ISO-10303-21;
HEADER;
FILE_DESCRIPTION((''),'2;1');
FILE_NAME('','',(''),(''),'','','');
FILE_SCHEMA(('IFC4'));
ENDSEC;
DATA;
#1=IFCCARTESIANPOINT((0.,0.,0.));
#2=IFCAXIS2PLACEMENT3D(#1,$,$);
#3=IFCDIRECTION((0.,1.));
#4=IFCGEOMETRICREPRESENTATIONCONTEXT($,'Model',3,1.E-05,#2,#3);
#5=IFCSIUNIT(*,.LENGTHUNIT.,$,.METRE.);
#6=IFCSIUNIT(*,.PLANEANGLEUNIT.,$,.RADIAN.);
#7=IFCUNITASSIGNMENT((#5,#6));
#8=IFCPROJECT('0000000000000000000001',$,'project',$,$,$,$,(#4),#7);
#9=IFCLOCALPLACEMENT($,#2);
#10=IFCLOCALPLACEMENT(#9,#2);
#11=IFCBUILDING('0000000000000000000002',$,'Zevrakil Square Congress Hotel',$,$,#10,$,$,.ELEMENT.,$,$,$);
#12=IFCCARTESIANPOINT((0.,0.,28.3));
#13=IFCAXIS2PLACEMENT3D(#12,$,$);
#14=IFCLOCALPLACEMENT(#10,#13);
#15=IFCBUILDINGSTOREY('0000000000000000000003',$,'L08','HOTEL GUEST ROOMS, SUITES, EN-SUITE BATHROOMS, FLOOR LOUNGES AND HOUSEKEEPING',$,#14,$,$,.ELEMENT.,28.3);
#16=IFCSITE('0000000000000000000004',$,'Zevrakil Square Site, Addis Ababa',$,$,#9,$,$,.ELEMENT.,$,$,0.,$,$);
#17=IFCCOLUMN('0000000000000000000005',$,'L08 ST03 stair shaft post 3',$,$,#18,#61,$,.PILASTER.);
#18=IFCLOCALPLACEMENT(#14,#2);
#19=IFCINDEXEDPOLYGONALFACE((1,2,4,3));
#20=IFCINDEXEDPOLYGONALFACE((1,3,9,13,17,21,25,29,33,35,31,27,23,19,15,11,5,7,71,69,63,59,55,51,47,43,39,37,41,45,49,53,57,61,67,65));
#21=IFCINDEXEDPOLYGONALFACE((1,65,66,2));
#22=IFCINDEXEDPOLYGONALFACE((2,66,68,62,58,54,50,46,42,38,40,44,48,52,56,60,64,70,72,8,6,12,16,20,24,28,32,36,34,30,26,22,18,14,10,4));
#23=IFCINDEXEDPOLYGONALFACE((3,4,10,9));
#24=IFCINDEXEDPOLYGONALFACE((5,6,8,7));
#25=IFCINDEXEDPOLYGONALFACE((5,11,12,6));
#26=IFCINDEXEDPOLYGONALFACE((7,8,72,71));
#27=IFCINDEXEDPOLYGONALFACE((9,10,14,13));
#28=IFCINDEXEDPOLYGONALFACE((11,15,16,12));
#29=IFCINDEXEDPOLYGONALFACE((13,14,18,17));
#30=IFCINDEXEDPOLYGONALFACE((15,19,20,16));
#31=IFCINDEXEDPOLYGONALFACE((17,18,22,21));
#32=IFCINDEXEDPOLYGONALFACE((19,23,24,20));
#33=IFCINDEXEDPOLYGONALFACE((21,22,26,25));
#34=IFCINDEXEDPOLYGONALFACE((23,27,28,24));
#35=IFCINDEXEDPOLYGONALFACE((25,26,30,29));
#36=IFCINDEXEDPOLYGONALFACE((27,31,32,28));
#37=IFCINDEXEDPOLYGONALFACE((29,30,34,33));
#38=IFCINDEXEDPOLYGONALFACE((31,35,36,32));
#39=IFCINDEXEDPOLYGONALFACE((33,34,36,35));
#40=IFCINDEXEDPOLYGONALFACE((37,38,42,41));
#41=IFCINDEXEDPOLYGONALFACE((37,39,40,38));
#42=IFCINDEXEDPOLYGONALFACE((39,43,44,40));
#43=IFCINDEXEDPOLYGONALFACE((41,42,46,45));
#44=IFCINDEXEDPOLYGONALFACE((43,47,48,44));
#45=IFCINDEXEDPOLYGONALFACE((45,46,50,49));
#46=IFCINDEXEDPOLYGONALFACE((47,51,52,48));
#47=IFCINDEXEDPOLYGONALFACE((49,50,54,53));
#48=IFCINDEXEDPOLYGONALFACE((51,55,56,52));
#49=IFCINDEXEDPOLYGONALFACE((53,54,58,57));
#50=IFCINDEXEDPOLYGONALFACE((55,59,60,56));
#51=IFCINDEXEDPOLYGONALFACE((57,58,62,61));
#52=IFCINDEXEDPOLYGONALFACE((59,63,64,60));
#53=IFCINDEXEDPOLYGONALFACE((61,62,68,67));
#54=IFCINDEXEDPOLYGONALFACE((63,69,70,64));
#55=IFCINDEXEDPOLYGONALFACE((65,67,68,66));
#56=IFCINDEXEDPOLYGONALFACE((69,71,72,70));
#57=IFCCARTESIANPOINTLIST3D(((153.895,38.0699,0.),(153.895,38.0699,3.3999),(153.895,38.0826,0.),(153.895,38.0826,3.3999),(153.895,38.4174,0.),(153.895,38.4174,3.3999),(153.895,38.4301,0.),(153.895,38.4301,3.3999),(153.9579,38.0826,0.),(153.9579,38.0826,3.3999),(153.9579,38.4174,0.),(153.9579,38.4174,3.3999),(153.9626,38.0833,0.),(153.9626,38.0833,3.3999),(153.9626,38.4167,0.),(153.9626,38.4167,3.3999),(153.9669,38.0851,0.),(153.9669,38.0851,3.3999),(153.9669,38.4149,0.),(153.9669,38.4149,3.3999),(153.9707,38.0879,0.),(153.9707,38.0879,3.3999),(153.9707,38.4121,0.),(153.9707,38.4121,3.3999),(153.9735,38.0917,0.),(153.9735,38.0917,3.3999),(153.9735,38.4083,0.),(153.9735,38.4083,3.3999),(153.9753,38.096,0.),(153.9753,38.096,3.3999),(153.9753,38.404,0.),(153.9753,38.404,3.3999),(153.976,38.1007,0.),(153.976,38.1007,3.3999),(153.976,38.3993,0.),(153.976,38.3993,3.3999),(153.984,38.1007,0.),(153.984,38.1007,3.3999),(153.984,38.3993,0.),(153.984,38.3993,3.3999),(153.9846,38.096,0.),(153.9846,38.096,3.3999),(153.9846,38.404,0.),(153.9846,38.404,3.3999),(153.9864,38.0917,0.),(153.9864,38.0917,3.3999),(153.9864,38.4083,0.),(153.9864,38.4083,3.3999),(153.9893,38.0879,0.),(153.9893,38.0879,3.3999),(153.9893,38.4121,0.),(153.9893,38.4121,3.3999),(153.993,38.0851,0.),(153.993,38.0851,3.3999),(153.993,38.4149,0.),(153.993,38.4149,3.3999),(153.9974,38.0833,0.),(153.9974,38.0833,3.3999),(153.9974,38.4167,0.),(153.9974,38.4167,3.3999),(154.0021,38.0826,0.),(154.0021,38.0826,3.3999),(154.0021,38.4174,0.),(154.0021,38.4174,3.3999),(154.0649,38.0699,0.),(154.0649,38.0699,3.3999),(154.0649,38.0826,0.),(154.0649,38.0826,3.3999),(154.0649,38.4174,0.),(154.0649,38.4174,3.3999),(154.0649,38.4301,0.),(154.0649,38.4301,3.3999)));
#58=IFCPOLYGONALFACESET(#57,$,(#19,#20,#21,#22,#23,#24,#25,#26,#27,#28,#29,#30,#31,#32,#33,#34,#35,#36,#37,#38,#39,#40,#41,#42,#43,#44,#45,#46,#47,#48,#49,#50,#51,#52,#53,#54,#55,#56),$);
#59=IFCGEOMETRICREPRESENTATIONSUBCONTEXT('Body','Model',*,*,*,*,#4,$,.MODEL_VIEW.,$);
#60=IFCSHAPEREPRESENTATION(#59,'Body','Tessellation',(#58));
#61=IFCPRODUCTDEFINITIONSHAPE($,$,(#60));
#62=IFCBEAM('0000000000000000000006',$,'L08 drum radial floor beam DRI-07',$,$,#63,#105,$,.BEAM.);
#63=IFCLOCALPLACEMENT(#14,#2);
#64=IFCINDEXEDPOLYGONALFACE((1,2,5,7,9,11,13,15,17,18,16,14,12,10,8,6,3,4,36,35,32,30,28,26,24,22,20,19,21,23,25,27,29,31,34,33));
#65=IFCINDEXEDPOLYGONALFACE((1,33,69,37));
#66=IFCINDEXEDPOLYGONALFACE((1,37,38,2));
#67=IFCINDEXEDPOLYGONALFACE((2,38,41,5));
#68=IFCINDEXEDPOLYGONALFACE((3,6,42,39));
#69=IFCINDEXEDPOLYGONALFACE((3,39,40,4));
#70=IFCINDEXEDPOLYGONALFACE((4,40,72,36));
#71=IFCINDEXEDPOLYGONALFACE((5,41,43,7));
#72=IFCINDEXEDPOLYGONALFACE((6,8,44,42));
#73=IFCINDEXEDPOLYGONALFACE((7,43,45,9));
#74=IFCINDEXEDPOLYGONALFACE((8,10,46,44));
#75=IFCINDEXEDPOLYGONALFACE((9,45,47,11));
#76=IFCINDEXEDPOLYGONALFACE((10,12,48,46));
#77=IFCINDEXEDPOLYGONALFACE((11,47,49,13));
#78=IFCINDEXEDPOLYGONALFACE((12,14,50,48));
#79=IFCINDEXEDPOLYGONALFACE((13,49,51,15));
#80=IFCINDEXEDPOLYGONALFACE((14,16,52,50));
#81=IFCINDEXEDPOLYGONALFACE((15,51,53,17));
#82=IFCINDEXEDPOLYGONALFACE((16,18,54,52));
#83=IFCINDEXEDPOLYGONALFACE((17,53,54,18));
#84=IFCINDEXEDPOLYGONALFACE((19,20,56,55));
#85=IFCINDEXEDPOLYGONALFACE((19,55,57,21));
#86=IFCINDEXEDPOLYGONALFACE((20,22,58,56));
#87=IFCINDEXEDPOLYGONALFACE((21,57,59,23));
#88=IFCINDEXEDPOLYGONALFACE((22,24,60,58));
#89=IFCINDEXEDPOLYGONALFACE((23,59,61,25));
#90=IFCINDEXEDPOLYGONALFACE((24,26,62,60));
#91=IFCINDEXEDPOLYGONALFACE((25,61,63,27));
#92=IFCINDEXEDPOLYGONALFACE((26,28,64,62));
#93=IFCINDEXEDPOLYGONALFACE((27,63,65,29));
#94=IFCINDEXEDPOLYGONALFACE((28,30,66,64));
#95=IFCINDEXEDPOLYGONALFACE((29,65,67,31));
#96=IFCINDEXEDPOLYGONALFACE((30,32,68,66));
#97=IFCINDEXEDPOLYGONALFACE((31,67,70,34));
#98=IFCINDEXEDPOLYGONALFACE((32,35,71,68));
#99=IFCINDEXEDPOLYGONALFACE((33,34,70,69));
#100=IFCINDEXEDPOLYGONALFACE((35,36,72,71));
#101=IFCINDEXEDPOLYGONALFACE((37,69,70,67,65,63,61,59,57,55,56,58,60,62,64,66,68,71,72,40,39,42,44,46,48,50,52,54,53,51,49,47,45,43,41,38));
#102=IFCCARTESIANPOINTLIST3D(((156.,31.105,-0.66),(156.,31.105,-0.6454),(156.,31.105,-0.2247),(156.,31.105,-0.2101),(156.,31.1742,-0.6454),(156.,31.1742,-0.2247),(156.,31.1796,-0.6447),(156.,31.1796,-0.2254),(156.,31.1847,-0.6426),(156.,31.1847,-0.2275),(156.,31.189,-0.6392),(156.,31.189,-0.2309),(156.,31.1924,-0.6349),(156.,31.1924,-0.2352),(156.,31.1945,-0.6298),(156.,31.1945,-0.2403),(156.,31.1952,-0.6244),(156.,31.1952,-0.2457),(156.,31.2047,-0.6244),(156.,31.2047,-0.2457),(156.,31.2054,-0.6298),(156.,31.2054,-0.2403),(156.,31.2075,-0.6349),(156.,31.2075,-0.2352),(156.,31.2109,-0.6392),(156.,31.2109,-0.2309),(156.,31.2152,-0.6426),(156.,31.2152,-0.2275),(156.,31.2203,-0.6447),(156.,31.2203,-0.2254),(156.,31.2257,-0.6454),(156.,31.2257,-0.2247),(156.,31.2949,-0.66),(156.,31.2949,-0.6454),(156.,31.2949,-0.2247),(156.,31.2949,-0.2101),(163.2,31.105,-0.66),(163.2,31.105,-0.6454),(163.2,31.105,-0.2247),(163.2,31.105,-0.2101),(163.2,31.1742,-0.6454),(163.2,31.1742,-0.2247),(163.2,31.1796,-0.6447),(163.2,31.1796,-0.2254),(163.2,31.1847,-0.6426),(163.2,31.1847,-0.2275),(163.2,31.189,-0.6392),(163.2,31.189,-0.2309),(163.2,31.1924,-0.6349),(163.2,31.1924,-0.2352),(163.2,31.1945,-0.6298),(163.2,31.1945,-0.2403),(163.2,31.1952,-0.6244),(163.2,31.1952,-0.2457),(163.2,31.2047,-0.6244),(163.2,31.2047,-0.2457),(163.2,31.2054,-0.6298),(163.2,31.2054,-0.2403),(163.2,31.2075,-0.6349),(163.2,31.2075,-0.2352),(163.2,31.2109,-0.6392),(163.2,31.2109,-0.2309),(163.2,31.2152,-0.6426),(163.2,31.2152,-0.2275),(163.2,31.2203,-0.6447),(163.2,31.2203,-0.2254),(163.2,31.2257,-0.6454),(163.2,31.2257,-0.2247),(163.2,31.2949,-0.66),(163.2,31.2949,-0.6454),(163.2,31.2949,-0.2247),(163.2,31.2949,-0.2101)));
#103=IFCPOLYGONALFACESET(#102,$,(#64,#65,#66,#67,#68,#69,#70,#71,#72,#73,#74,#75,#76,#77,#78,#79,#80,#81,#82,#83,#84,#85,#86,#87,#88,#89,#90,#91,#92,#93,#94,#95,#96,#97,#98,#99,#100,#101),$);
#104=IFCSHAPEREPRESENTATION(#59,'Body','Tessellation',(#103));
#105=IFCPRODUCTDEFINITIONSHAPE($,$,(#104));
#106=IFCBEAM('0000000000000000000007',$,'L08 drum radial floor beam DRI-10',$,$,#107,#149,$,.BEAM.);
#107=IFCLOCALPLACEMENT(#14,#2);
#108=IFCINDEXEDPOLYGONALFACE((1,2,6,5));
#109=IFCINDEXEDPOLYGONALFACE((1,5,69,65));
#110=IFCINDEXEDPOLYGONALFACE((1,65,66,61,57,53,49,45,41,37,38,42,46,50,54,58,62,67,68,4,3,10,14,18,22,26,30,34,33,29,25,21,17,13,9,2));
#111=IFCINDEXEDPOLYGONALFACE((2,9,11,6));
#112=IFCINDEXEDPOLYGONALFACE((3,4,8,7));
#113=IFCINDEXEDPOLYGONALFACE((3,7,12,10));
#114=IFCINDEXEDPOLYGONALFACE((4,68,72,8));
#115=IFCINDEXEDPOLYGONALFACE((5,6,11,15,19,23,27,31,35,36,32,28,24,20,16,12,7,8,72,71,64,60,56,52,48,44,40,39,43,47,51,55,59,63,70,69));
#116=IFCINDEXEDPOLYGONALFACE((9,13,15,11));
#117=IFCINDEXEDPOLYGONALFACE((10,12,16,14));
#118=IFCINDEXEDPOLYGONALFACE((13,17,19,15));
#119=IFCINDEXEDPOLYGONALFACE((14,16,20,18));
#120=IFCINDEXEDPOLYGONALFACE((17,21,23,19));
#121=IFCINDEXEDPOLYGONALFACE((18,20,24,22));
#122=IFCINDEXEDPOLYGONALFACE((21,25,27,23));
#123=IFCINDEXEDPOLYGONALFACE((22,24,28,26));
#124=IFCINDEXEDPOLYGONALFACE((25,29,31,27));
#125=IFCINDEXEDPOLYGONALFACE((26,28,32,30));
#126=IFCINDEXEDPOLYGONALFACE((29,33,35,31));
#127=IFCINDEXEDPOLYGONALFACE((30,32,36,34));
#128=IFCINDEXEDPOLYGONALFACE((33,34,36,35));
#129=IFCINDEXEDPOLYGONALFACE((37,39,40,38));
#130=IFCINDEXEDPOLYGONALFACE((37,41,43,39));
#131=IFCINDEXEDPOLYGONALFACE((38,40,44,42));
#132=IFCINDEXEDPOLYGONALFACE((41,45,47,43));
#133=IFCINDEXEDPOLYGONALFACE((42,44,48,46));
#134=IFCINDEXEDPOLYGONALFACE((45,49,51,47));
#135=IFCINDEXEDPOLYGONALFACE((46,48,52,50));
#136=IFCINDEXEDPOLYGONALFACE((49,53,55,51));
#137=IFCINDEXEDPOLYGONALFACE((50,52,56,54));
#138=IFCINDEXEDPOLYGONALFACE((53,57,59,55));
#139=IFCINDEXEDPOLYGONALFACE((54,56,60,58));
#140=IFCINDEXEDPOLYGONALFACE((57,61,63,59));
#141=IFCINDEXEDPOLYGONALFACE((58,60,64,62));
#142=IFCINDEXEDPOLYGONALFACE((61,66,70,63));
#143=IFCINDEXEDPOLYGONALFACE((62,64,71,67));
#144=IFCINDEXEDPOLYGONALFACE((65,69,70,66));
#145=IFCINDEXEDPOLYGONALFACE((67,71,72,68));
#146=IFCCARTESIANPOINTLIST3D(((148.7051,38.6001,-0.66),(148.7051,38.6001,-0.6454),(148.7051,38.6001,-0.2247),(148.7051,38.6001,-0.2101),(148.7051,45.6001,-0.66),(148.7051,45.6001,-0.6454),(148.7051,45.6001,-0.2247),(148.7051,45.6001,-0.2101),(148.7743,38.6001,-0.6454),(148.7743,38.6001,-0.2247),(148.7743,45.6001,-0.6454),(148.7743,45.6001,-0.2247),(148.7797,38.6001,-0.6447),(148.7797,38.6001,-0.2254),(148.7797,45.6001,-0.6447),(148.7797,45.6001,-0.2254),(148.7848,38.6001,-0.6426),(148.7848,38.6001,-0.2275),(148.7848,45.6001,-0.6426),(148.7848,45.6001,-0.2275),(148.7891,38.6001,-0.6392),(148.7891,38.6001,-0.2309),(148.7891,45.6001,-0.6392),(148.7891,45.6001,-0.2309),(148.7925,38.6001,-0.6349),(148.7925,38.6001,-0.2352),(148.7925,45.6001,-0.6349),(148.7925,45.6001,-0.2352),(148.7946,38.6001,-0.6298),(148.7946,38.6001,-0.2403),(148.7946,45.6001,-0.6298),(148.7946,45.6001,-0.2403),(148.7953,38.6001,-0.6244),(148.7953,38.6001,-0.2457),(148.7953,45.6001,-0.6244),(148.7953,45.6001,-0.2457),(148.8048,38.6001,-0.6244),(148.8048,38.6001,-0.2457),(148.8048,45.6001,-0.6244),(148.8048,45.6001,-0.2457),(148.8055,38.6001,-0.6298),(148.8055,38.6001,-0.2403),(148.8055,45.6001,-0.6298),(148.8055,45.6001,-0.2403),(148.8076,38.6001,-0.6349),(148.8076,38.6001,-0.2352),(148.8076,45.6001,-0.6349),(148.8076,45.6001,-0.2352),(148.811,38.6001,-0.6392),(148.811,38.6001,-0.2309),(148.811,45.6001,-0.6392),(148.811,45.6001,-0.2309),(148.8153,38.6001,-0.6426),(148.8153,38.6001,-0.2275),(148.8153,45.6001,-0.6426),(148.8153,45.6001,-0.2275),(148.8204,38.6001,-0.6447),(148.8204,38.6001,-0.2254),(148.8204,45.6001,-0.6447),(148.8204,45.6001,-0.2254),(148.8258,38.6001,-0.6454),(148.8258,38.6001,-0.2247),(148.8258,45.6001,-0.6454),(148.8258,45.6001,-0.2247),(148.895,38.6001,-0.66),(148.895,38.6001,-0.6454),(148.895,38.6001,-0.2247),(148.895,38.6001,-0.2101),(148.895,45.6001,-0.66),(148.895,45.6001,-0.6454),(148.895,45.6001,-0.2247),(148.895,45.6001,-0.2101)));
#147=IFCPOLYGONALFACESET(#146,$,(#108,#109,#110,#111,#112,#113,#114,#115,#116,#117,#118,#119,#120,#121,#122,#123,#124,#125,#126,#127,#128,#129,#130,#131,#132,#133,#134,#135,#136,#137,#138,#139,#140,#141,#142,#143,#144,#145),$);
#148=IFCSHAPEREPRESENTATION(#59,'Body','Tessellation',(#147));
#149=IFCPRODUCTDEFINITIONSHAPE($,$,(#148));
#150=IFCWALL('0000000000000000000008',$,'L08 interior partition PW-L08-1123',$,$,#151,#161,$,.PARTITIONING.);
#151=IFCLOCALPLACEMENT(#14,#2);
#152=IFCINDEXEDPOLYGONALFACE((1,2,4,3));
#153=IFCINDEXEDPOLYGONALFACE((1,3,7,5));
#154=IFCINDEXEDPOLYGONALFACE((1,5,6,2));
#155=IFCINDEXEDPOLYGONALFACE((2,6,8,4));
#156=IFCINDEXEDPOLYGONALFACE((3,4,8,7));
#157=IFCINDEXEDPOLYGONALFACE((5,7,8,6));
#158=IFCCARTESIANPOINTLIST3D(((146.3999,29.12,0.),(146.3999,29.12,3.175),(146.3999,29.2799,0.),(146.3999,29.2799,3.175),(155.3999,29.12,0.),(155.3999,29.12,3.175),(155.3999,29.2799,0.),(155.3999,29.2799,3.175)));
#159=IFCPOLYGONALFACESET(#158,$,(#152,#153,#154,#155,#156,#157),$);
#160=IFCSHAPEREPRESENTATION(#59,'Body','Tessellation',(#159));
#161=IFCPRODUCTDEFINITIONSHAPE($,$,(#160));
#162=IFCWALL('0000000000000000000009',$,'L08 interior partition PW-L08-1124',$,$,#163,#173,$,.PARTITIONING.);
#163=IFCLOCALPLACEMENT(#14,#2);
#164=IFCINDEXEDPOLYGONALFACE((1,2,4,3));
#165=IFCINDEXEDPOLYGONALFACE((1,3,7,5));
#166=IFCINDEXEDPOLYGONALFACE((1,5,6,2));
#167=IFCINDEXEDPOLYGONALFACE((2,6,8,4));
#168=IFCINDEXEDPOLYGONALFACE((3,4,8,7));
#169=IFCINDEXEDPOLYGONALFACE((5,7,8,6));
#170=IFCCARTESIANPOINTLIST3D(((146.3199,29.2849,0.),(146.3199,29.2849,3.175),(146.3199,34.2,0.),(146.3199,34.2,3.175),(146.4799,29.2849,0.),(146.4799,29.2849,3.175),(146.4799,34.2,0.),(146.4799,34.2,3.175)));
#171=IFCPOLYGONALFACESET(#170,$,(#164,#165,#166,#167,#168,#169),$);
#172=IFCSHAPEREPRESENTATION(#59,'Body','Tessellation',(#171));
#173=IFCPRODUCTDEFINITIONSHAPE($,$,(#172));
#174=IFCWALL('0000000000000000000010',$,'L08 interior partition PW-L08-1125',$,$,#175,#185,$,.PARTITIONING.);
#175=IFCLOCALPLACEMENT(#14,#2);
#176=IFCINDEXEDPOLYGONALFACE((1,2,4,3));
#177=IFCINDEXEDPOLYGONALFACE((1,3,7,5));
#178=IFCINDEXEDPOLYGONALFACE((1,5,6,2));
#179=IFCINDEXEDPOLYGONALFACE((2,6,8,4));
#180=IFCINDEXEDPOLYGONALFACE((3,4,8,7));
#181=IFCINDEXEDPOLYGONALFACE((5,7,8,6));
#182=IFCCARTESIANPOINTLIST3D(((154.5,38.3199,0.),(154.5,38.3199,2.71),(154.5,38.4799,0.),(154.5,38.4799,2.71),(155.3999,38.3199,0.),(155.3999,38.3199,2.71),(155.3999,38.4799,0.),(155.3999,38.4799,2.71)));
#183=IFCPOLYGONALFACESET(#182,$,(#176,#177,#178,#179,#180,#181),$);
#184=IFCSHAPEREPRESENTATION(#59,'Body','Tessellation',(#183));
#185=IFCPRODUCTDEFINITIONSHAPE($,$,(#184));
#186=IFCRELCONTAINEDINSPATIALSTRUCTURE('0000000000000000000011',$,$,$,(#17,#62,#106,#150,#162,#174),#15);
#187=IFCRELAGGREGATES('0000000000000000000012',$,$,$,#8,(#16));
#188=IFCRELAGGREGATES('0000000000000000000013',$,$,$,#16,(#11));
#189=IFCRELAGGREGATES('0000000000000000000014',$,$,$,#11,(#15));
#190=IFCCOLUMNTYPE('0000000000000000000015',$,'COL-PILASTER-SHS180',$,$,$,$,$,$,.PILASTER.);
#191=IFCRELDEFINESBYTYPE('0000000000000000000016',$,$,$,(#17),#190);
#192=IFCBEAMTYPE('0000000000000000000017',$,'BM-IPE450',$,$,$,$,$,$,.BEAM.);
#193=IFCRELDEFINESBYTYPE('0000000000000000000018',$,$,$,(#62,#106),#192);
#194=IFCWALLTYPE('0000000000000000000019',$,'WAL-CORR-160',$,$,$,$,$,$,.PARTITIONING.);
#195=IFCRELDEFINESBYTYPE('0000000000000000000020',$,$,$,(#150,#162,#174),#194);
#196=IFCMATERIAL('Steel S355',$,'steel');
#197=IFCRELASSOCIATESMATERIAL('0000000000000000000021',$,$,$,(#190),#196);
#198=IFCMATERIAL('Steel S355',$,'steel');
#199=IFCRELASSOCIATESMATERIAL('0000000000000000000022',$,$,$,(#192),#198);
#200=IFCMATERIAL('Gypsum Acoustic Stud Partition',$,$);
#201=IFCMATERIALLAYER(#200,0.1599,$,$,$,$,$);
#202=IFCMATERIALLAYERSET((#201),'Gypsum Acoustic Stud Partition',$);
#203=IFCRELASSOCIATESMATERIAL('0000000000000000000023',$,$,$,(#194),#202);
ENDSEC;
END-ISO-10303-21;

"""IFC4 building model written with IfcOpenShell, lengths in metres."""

from ifc_helpers import new_model, si_unit, direction, frame, frame_2d, origin, origin_2d, place, context, subcontext, project, spatial, rectangle, i_section, extrude, material, layer, layer_set, material_profile, profile_set, type_object, element, save


model = new_model("IFC4")

# Units and contexts
model_context = context("Model", 3, precision=1e-05, world=origin(), true_north=direction((0.0, 1.0)))
body_context = subcontext(model_context, "Body", "Model", "MODEL_VIEW")
ifc_project = project(units=[si_unit("LENGTHUNIT", "METRE"), si_unit("PLANEANGLEUNIT", "RADIAN")], contexts=[model_context])

# Site, building, storey
site_placement = place(None, origin())
site = spatial("IfcSite", under=ifc_project, at=site_placement, Name="Zevrakil Square Site, Addis Ababa", CompositionType="ELEMENT", RefElevation=0.0)
building_placement = place(site_placement, origin())
building = spatial("IfcBuilding", under=site, at=building_placement, Name="Zevrakil Square Congress Hotel", CompositionType="ELEMENT")
storey_placement = place(building_placement, frame((0.0, 0.0, 28.3)))
storey = spatial("IfcBuildingStorey", under=building, at=storey_placement, Name="L08", Description="HOTEL GUEST ROOMS, SUITES, EN-SUITE BATHROOMS, FLOOR LOUNGES AND HOUSEKEEPING", CompositionType="ELEMENT", Elevation=28.3)

# Column
ifc_material_1 = material(Name="Steel S355", Category="steel")
ifc_material_profile_1 = material_profile(ifc_material_1, i_section(OverallWidth=0.1699, OverallDepth=0.3601, WebThickness=0.0081, FlangeThickness=0.0127, FilletRadius=0.0181, at=origin_2d()), Name="IPE 360")
ifc_profile_set_1 = profile_set([ifc_material_profile_1], Name="Steel S355")
column_type = type_object("IfcColumnType", Name="COL-PILASTER-SHS180", PredefinedType="PILASTER", material=ifc_profile_set_1)
for number, where, z_axis, x_axis, name in (
    (1, (153.98, 38.25, 0.0), (0.0, 0.0, 1.0), (1.0, 0.0, 0.0), "L08 ST03 stair shaft post 3"),
):
    element("IfcColumn", number, at=place(storey_placement, frame(where, z_axis=z_axis, x_axis=x_axis)), inside=storey, type_object=column_type, Name=name, PredefinedType="PILASTER", context=body_context, shape_type="SweptSolid", body=[
        extrude(i_section(OverallWidth=0.1699, OverallDepth=0.3601, WebThickness=0.0081, FlangeThickness=0.0127, FilletRadius=0.0181, at=origin_2d()), origin(), (0.0, 0.0, 1.0), 3.3999),
    ])

# Beams
ifc_material_2 = material(Name="Steel S355", Category="steel")
ifc_material_profile_2 = material_profile(ifc_material_2, i_section(OverallWidth=0.1899, OverallDepth=0.45, WebThickness=0.0095, FlangeThickness=0.0146, FilletRadius=0.021, at=origin_2d()), Name="IPE 450")
ifc_profile_set_2 = profile_set([ifc_material_profile_2], Name="Steel S355")
beam_type = type_object("IfcBeamType", Name="BM-IPE450", PredefinedType="BEAM", material=ifc_profile_set_2)
beam_1_placement = place(storey_placement, frame((156.0, 31.2, -0.4351), z_axis=(1.0, 0.0, 0.0), x_axis=(0.0, 1.0, 0.0)))
element("IfcBeam", 2, at=beam_1_placement, inside=storey, type_object=beam_type, Name="L08 drum radial floor beam DRI-07", PredefinedType="BEAM", context=body_context, shape_type="SweptSolid", body=[
    extrude(i_section(OverallWidth=0.1899, OverallDepth=0.45, WebThickness=0.0095, FlangeThickness=0.0146, FilletRadius=0.021, at=origin_2d()), origin(), (0.0, 0.0, 1.0), 7.2),
])
beam_2_placement = place(storey_placement, frame((148.8, 38.6001, -0.4351), z_axis=(0.0, 1.0, 0.0), x_axis=(-1.0, 0.0, 0.0)))
element("IfcBeam", 3, at=beam_2_placement, inside=storey, type_object=beam_type, Name="L08 drum radial floor beam DRI-10", PredefinedType="BEAM", context=body_context, shape_type="SweptSolid", body=[
    extrude(i_section(OverallWidth=0.1899, OverallDepth=0.45, WebThickness=0.0095, FlangeThickness=0.0146, FilletRadius=0.021, at=origin_2d()), origin(), (0.0, 0.0, 1.0), 7.0),
])

# Walls
ifc_material_3 = material(Name="Gypsum Acoustic Stud Partition")
ifc_layer_1 = layer(ifc_material_3, 0.1599)
ifc_layer_set_1 = layer_set([ifc_layer_1], Name="Gypsum Acoustic Stud Partition")
wall_type_1 = type_object("IfcWallType", Name="WAL-CORR-160", PredefinedType="PARTITIONING", material=ifc_layer_set_1)
wall_1_placement = place(storey_placement, frame((146.3999, 29.2, 0.0), z_axis=(0.0, 0.0, 1.0), x_axis=(1.0, 0.0, 0.0)))
element("IfcWall", 4, at=wall_1_placement, inside=storey, type_object=wall_type_1, Name="L08 interior partition PW-L08-1123", PredefinedType="PARTITIONING", context=body_context, shape_type="SweptSolid", body=[
    extrude(rectangle(XDim=9.0, YDim=0.1599, at=frame_2d((4.5, 0.0))), origin(), (0.0, 0.0, 1.0), 3.175),
])
wall_2_placement = place(storey_placement, frame((146.3999, 29.2849, 0.0), z_axis=(0.0, 0.0, 1.0), x_axis=(0.0, 1.0, 0.0)))
element("IfcWall", 5, at=wall_2_placement, inside=storey, type_object=wall_type_1, Name="L08 interior partition PW-L08-1124", PredefinedType="PARTITIONING", context=body_context, shape_type="SweptSolid", body=[
    extrude(rectangle(XDim=4.915, YDim=0.1599, at=frame_2d((2.4575, 0.0))), origin(), (0.0, 0.0, 1.0), 3.175),
])
wall_3_placement = place(storey_placement, frame((154.5, 38.3999, 0.0), z_axis=(0.0, 0.0, 1.0), x_axis=(1.0, 0.0, 0.0)))
element("IfcWall", 6, at=wall_3_placement, inside=storey, type_object=wall_type_1, Name="L08 interior partition PW-L08-1125", PredefinedType="PARTITIONING", context=body_context, shape_type="SweptSolid", body=[
    extrude(rectangle(XDim=0.8999, YDim=0.1599, at=frame_2d((0.45, 0.0))), origin(), (0.0, 0.0, 1.0), 2.71),
])

save(model, "model.ifc")
